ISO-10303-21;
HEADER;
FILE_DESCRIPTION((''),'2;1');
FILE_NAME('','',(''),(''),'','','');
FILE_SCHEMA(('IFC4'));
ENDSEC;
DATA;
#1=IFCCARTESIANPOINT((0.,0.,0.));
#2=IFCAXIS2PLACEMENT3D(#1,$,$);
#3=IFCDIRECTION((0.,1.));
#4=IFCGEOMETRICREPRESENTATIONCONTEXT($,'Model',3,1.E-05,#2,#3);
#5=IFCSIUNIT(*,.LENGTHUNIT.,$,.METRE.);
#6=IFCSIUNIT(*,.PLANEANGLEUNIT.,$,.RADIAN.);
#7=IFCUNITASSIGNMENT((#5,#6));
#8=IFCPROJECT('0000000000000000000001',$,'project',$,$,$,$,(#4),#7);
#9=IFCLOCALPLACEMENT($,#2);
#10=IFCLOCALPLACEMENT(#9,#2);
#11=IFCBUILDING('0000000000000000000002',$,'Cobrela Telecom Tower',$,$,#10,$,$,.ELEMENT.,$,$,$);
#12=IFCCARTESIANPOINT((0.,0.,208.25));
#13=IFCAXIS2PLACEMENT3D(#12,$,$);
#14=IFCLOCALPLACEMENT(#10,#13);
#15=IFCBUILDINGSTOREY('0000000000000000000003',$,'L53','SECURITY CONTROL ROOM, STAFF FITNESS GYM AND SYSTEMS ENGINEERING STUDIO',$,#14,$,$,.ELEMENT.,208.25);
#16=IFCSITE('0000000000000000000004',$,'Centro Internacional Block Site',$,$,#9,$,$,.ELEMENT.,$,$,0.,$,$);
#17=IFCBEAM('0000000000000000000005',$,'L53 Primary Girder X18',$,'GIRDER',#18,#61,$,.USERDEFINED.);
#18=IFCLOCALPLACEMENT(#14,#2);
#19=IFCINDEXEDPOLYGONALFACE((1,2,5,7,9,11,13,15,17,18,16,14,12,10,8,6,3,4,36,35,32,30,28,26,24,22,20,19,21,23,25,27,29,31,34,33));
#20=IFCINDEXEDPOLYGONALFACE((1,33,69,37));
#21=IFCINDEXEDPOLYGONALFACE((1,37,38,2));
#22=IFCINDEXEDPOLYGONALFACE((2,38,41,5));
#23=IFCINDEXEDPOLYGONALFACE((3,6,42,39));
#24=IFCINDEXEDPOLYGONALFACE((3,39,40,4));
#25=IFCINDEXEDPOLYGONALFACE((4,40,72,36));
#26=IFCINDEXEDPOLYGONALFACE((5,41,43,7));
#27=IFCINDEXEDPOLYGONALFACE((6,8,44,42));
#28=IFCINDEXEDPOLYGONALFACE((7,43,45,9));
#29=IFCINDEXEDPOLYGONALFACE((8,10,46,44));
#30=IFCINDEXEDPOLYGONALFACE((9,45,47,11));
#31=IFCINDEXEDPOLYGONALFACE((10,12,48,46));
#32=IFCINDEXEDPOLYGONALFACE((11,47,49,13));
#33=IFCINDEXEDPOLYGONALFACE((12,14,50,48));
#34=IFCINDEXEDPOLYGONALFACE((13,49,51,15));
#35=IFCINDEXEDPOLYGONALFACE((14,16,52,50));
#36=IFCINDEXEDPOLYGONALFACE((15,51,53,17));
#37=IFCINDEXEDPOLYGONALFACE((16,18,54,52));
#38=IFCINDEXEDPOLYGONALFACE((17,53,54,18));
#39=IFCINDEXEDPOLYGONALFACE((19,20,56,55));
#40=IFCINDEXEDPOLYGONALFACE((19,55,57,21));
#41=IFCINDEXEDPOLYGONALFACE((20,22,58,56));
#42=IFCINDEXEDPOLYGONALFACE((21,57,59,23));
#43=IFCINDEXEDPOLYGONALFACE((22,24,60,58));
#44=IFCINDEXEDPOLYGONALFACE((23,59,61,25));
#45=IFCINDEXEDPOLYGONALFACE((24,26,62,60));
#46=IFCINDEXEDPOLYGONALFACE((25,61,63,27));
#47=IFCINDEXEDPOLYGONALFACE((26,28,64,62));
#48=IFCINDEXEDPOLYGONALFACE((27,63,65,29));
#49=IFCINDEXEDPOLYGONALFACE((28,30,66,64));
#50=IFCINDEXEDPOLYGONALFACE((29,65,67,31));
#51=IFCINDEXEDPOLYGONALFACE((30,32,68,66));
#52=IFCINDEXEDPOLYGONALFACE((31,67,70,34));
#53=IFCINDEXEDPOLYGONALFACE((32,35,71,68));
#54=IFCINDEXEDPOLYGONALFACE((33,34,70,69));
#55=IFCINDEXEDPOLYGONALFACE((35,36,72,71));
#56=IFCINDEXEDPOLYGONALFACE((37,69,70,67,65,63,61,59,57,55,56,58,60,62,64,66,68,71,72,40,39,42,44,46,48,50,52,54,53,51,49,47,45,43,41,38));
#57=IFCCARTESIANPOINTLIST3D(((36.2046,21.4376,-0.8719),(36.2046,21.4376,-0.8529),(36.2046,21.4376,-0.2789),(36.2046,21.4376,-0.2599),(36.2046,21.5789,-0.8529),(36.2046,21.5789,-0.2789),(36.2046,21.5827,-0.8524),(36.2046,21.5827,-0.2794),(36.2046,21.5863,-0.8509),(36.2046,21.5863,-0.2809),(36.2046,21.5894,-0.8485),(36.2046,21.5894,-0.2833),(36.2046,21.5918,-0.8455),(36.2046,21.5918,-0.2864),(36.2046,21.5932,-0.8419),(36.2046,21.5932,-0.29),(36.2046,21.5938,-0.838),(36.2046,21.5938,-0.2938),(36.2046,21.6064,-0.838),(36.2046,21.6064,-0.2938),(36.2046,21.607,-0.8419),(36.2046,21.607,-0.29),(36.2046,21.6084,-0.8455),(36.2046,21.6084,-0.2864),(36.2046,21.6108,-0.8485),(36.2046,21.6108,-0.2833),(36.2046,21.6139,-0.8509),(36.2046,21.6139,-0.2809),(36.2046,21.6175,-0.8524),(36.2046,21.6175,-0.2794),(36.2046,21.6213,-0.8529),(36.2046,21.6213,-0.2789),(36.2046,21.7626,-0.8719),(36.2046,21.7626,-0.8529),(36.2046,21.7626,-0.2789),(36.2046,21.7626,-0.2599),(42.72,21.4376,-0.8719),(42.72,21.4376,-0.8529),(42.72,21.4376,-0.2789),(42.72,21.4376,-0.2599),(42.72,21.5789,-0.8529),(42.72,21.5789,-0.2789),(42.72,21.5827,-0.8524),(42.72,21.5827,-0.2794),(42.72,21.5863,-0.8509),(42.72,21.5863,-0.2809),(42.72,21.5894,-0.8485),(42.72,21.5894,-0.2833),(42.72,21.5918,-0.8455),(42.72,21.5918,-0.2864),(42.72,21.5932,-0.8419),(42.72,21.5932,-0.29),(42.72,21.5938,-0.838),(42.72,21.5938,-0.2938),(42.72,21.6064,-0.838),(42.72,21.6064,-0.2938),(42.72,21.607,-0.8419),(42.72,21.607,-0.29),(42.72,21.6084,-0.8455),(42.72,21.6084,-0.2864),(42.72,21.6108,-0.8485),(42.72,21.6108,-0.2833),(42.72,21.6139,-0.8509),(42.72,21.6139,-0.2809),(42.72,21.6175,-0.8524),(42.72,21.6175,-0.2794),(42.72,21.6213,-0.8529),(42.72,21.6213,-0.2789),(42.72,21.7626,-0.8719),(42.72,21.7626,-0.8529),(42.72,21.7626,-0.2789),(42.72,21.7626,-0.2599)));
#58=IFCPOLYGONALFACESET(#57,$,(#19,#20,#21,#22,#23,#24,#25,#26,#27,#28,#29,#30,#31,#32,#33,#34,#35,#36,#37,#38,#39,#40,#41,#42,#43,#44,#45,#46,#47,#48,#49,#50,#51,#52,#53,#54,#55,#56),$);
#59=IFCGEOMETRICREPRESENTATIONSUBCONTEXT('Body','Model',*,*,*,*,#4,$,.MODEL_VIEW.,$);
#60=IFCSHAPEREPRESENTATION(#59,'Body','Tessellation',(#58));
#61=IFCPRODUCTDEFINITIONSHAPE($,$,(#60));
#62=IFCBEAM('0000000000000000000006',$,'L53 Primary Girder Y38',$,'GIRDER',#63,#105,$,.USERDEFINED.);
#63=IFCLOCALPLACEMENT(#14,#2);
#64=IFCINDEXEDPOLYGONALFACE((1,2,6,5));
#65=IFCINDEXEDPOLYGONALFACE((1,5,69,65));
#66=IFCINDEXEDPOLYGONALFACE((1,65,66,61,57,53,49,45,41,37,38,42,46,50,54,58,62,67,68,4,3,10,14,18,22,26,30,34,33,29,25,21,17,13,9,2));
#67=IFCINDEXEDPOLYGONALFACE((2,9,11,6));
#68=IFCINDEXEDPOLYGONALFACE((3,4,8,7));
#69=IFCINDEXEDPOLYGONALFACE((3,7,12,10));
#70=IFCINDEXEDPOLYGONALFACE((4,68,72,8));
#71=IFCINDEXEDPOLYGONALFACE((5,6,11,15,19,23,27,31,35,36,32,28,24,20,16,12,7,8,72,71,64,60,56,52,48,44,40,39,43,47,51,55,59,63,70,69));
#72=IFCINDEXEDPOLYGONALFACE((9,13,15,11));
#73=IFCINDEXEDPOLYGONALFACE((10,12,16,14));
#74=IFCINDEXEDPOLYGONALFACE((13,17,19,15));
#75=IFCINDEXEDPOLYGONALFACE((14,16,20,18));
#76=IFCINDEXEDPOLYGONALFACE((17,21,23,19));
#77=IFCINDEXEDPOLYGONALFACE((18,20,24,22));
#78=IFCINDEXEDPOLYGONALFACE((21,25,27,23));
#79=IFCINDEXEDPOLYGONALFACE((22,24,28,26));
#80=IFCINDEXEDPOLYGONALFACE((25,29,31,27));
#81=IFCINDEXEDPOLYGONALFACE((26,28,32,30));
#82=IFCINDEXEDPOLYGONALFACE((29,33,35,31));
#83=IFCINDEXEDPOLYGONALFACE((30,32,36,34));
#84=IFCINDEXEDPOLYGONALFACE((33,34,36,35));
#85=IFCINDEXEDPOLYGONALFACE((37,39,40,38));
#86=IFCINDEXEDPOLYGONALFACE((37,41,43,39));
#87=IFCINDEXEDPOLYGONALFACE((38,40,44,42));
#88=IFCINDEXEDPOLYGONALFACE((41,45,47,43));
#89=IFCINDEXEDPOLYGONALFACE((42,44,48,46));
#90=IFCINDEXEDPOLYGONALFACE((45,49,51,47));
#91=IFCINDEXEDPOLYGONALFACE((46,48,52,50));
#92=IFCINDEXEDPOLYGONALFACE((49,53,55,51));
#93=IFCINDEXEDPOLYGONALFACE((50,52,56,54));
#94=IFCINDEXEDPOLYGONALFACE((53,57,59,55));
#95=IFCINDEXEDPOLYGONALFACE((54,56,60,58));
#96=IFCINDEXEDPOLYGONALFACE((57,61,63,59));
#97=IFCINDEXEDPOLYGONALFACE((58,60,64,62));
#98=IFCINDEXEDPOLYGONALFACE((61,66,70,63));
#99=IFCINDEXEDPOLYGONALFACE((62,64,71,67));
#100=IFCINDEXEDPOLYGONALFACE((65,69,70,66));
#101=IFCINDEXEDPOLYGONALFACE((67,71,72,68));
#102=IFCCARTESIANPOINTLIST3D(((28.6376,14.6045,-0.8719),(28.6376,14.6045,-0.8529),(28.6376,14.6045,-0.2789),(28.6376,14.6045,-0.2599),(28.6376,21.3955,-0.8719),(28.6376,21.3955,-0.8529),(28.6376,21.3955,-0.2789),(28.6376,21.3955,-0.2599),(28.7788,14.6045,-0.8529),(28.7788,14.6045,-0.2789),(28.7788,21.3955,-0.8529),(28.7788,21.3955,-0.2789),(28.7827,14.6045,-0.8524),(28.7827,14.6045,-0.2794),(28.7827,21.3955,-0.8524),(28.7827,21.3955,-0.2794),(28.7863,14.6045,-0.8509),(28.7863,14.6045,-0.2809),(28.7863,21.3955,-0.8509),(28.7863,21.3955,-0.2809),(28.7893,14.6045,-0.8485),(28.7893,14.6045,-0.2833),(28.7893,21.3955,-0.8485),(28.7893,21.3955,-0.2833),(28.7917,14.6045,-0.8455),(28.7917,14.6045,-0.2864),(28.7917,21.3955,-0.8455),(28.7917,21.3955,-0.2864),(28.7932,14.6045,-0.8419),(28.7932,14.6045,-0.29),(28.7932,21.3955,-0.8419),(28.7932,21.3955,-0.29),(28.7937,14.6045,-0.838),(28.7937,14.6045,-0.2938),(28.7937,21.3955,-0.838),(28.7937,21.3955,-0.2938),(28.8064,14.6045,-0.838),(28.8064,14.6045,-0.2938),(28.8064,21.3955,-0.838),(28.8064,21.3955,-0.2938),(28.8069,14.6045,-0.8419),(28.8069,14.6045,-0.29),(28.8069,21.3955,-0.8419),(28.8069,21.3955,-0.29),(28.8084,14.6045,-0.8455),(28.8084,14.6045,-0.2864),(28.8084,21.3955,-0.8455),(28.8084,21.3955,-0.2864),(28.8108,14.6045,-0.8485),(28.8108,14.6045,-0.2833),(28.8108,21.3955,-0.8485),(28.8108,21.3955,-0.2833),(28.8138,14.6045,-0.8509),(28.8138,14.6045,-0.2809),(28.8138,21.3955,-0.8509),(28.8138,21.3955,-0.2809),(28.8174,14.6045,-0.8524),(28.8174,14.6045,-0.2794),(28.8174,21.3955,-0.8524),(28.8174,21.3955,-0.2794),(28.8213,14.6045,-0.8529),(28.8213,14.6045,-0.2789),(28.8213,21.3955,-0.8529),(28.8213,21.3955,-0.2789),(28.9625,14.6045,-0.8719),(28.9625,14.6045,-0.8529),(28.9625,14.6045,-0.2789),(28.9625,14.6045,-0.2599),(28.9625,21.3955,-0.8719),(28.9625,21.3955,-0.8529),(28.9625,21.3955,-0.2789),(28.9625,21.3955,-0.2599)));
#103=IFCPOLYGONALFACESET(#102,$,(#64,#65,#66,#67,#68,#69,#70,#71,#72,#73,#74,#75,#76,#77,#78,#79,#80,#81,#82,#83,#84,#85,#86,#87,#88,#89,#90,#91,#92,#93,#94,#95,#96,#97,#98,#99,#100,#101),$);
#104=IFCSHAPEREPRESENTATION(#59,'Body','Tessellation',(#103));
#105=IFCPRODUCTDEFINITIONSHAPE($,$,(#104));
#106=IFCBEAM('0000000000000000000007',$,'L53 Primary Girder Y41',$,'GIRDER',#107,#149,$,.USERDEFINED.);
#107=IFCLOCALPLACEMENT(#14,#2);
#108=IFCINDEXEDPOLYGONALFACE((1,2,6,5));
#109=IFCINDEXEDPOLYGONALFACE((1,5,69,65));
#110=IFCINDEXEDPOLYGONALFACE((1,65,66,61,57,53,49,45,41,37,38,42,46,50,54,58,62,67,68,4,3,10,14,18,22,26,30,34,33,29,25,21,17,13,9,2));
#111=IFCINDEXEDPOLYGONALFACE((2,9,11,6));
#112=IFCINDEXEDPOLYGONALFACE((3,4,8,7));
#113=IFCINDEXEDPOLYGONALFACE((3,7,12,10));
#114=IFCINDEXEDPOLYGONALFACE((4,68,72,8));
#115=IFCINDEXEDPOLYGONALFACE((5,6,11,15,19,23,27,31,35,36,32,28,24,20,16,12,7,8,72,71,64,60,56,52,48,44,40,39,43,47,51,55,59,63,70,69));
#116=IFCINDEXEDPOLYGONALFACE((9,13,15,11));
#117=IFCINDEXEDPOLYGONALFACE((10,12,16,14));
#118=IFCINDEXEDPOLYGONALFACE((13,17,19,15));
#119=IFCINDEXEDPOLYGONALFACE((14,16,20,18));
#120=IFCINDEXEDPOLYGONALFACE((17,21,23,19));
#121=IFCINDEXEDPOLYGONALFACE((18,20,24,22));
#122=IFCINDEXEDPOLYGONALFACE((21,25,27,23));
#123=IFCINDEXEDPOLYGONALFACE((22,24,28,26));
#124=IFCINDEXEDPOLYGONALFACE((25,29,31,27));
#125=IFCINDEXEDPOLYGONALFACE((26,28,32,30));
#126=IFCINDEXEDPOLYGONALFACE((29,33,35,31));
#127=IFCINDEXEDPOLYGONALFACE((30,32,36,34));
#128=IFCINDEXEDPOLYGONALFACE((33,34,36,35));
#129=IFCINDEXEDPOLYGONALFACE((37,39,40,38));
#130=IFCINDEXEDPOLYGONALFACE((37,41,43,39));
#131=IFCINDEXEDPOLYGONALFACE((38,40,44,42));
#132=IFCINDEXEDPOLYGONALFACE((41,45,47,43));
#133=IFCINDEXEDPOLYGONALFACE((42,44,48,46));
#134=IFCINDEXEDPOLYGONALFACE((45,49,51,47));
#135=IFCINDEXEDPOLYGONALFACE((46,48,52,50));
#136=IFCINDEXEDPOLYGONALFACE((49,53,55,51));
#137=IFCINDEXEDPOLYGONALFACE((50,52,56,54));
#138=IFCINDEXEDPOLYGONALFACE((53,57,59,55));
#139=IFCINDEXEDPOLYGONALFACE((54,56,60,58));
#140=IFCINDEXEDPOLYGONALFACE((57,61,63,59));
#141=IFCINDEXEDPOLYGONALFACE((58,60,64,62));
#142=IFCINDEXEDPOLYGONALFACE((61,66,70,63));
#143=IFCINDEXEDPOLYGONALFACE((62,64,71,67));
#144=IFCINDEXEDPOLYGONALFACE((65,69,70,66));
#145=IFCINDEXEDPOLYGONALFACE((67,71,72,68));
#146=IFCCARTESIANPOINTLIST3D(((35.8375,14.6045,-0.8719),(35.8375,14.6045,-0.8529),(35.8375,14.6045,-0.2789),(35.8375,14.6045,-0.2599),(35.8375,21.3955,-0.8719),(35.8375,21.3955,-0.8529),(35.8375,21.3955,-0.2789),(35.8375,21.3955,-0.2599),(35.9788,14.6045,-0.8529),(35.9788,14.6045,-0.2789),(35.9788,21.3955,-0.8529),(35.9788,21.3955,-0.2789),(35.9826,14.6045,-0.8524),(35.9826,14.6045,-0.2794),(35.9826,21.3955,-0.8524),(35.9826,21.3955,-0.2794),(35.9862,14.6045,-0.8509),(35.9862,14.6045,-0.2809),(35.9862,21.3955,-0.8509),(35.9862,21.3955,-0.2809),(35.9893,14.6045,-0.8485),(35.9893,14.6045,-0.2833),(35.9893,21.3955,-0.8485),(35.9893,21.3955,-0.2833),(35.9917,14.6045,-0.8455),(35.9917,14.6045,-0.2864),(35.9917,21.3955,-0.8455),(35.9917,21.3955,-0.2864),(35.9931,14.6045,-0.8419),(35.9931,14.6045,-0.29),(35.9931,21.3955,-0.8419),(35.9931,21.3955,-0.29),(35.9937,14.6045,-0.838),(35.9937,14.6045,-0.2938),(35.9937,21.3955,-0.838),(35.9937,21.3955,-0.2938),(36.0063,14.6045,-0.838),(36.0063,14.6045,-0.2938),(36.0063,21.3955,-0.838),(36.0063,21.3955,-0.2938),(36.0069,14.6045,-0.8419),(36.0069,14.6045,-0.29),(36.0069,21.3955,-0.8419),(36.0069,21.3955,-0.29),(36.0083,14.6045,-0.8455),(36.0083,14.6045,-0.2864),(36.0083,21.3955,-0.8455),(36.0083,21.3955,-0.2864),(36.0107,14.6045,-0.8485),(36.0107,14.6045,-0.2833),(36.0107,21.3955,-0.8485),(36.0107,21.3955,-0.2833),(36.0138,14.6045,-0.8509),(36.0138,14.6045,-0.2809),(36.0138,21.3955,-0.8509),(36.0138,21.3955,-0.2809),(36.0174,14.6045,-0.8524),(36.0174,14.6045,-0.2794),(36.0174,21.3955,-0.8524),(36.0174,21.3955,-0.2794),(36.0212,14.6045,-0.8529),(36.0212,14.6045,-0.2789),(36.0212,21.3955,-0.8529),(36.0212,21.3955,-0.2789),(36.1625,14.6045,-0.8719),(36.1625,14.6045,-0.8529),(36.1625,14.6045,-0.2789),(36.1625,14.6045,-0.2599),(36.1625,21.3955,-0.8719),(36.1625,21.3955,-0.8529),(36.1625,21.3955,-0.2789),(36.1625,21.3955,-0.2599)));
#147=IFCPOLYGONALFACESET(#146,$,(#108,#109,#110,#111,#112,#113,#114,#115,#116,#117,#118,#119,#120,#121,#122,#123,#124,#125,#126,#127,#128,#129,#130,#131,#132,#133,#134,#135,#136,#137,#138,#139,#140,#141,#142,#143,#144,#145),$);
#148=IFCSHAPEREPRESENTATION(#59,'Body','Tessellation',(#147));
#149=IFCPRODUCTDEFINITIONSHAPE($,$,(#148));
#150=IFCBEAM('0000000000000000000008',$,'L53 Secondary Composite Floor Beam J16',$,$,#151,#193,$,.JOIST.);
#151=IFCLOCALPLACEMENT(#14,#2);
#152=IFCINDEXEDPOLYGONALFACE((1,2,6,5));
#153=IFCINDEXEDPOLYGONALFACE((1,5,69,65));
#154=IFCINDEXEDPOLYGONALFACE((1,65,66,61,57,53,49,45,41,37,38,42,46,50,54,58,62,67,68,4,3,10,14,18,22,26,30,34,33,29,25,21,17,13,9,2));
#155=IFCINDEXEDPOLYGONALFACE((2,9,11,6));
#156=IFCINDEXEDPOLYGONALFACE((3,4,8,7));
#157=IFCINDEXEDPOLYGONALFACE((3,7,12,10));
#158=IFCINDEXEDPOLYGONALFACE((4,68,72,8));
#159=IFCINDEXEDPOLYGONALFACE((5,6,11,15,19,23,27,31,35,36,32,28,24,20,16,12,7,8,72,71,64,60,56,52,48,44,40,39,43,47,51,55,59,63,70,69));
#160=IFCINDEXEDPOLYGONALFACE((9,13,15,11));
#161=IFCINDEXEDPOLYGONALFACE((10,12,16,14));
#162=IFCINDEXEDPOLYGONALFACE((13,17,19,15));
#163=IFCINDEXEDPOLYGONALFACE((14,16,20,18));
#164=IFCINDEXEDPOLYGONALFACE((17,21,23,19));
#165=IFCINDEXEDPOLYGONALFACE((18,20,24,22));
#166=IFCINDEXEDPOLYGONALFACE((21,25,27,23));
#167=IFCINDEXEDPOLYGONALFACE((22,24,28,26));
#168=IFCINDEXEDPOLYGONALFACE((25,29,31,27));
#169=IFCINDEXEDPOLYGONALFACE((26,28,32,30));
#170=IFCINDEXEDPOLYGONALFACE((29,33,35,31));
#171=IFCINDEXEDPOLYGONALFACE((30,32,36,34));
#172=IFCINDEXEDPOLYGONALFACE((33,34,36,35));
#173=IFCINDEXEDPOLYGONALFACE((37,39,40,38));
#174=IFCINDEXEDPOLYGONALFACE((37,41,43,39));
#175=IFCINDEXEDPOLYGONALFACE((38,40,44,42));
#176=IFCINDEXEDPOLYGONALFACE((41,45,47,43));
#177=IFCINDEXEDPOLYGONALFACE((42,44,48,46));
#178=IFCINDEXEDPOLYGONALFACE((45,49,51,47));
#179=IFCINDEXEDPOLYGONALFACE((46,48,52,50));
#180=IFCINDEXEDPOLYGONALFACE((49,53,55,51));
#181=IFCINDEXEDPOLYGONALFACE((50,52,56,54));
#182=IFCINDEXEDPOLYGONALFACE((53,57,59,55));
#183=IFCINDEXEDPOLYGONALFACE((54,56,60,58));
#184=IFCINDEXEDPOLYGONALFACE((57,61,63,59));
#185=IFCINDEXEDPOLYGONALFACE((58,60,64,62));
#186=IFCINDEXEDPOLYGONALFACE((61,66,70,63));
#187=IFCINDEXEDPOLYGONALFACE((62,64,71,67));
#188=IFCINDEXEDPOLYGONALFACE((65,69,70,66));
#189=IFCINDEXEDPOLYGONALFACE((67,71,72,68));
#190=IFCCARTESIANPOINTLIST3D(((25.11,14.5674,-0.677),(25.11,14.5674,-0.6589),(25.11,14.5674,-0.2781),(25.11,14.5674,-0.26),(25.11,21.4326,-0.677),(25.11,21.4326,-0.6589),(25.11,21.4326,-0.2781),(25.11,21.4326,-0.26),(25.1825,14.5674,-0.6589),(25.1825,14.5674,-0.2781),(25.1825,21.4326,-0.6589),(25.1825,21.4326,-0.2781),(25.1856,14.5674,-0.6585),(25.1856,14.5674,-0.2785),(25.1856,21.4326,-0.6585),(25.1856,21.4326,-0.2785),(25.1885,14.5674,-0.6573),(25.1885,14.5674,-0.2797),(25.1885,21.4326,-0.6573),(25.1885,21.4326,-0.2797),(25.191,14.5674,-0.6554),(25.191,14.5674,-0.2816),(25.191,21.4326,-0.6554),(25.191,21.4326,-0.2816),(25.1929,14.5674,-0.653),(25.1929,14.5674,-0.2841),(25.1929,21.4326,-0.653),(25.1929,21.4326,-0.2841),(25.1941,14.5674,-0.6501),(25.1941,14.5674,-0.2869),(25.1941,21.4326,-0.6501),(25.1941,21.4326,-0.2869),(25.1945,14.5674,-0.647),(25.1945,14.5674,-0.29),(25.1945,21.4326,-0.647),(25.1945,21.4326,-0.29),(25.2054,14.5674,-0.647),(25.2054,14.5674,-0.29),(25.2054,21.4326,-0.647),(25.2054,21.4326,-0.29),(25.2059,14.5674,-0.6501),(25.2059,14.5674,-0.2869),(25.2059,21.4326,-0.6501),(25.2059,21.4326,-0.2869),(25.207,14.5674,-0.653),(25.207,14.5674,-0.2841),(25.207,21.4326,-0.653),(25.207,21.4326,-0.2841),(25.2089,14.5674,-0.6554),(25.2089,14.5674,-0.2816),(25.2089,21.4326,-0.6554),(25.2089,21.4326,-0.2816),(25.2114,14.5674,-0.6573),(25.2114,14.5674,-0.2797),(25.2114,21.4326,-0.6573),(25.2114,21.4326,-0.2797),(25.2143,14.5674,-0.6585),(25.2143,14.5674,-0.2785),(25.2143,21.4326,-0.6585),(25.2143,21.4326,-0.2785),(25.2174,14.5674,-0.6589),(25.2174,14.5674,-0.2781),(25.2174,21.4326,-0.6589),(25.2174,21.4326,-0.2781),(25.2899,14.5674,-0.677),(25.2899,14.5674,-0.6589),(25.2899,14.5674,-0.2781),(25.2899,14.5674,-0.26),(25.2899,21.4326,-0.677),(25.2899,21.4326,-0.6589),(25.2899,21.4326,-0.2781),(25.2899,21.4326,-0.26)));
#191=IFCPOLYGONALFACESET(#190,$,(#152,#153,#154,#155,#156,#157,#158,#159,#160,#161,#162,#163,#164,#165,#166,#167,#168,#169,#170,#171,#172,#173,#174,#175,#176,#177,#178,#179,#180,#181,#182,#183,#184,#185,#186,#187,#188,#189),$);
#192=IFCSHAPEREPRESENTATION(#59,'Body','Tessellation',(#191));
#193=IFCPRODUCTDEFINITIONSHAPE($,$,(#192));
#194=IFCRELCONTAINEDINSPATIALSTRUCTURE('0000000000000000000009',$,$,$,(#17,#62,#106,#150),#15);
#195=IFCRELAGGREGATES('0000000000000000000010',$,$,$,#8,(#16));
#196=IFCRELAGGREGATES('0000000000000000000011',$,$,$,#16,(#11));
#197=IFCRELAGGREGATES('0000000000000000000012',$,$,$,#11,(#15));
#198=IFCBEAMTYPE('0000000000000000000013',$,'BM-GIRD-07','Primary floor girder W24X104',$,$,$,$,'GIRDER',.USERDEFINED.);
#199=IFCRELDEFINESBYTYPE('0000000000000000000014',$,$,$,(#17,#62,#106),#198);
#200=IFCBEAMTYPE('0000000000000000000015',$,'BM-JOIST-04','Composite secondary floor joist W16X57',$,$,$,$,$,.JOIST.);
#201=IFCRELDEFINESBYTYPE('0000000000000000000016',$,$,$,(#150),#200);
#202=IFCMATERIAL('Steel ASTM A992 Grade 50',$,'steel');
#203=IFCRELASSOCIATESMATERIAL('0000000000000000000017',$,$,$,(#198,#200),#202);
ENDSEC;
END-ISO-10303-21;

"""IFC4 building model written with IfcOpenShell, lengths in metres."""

from ifc_helpers import new_model, si_unit, direction, frame, origin, origin_2d, place, context, subcontext, project, spatial, i_section, extrude, material, material_profile, profile_set, type_object, element, save


model = new_model("IFC4")

# Units and contexts
model_context = context("Model", 3, precision=1e-05, world=origin(), true_north=direction((0.0, 1.0)))
body_context = subcontext(model_context, "Body", "Model", "MODEL_VIEW")
ifc_project = project(units=[si_unit("LENGTHUNIT", "METRE"), si_unit("PLANEANGLEUNIT", "RADIAN")], contexts=[model_context])

# Site, building, storey
site_placement = place(None, origin())
site = spatial("IfcSite", under=ifc_project, at=site_placement, Name="Centro Internacional Block Site", CompositionType="ELEMENT", RefElevation=0.0)
building_placement = place(site_placement, origin())
building = spatial("IfcBuilding", under=site, at=building_placement, Name="Cobrela Telecom Tower", CompositionType="ELEMENT")
storey_placement = place(building_placement, frame((0.0, 0.0, 208.25)))
storey = spatial("IfcBuildingStorey", under=building, at=storey_placement, Name="L53", Description="SECURITY CONTROL ROOM, STAFF FITNESS GYM AND SYSTEMS ENGINEERING STUDIO", CompositionType="ELEMENT", Elevation=208.25)

# Shared definitions
ifc_material_1 = material(Name="Steel ASTM A992 Grade 50", Category="steel")

# Beams
ifc_material_profile_1 = material_profile(ifc_material_1, i_section(OverallWidth=0.325, OverallDepth=0.6121, WebThickness=0.0127, FlangeThickness=0.019, FilletRadius=0.0149, at=origin_2d()), Name="W24X104")
ifc_profile_set_1 = profile_set([ifc_material_profile_1], Name="Steel ASTM A992 Grade 50")
beam_type_1 = type_object("IfcBeamType", Name="BM-GIRD-07", Description="Primary floor girder W24X104", ElementType="GIRDER", PredefinedType="USERDEFINED", material=ifc_profile_set_1)
beam_1_placement = place(storey_placement, frame((36.2046, 21.6001, -0.5659), z_axis=(1.0, 0.0, 0.0), x_axis=(0.0, 1.0, 0.0)))
element("IfcBeam", 1, at=beam_1_placement, inside=storey, type_object=beam_type_1, Name="L53 Primary Girder X18", ObjectType="GIRDER", PredefinedType="USERDEFINED", context=body_context, shape_type="SweptSolid", body=[
    extrude(i_section(OverallWidth=0.325, OverallDepth=0.6121, WebThickness=0.0127, FlangeThickness=0.019, FilletRadius=0.0149, at=origin_2d()), origin(), (0.0, 0.0, 1.0), 6.5154),
])
for number, where, z_axis, x_axis, name in (
    (2, (28.8, 14.6045, -0.5659), (0.0, 1.0, 0.0), (-1.0, 0.0, 0.0), "L53 Primary Girder Y38"),
    (3, (36.0, 14.6045, -0.5659), (0.0, 1.0, 0.0), (-1.0, 0.0, 0.0), "L53 Primary Girder Y41"),
):
    element("IfcBeam", number, at=place(storey_placement, frame(where, z_axis=z_axis, x_axis=x_axis)), inside=storey, type_object=beam_type_1, Name=name, ObjectType="GIRDER", PredefinedType="USERDEFINED", context=body_context, shape_type="SweptSolid", body=[
        extrude(i_section(OverallWidth=0.325, OverallDepth=0.6121, WebThickness=0.0127, FlangeThickness=0.019, FilletRadius=0.0149, at=origin_2d()), origin(), (0.0, 0.0, 1.0), 6.791),
    ])
ifc_material_profile_2 = material_profile(ifc_material_1, i_section(OverallWidth=0.1799, OverallDepth=0.417, WebThickness=0.011, FlangeThickness=0.0181, FilletRadius=0.012, at=origin_2d()), Name="W16X57")
ifc_profile_set_2 = profile_set([ifc_material_profile_2], Name="Steel ASTM A992 Grade 50")
beam_type_2 = type_object("IfcBeamType", Name="BM-JOIST-04", Description="Composite secondary floor joist W16X57", PredefinedType="JOIST", material=ifc_profile_set_2)
for number, where, z_axis, x_axis, name in (
    (4, (25.2, 14.5674, -0.4685), (0.0, 1.0, 0.0), (-1.0, 0.0, 0.0), "L53 Secondary Composite Floor Beam J16"),
):
    element("IfcBeam", number, at=place(storey_placement, frame(where, z_axis=z_axis, x_axis=x_axis)), inside=storey, type_object=beam_type_2, Name=name, PredefinedType="JOIST", context=body_context, shape_type="SweptSolid", body=[
        extrude(i_section(OverallWidth=0.1799, OverallDepth=0.417, WebThickness=0.011, FlangeThickness=0.0181, FilletRadius=0.012, at=origin_2d()), origin(), (0.0, 0.0, 1.0), 6.8652),
    ])

save(model, "model.ifc")
